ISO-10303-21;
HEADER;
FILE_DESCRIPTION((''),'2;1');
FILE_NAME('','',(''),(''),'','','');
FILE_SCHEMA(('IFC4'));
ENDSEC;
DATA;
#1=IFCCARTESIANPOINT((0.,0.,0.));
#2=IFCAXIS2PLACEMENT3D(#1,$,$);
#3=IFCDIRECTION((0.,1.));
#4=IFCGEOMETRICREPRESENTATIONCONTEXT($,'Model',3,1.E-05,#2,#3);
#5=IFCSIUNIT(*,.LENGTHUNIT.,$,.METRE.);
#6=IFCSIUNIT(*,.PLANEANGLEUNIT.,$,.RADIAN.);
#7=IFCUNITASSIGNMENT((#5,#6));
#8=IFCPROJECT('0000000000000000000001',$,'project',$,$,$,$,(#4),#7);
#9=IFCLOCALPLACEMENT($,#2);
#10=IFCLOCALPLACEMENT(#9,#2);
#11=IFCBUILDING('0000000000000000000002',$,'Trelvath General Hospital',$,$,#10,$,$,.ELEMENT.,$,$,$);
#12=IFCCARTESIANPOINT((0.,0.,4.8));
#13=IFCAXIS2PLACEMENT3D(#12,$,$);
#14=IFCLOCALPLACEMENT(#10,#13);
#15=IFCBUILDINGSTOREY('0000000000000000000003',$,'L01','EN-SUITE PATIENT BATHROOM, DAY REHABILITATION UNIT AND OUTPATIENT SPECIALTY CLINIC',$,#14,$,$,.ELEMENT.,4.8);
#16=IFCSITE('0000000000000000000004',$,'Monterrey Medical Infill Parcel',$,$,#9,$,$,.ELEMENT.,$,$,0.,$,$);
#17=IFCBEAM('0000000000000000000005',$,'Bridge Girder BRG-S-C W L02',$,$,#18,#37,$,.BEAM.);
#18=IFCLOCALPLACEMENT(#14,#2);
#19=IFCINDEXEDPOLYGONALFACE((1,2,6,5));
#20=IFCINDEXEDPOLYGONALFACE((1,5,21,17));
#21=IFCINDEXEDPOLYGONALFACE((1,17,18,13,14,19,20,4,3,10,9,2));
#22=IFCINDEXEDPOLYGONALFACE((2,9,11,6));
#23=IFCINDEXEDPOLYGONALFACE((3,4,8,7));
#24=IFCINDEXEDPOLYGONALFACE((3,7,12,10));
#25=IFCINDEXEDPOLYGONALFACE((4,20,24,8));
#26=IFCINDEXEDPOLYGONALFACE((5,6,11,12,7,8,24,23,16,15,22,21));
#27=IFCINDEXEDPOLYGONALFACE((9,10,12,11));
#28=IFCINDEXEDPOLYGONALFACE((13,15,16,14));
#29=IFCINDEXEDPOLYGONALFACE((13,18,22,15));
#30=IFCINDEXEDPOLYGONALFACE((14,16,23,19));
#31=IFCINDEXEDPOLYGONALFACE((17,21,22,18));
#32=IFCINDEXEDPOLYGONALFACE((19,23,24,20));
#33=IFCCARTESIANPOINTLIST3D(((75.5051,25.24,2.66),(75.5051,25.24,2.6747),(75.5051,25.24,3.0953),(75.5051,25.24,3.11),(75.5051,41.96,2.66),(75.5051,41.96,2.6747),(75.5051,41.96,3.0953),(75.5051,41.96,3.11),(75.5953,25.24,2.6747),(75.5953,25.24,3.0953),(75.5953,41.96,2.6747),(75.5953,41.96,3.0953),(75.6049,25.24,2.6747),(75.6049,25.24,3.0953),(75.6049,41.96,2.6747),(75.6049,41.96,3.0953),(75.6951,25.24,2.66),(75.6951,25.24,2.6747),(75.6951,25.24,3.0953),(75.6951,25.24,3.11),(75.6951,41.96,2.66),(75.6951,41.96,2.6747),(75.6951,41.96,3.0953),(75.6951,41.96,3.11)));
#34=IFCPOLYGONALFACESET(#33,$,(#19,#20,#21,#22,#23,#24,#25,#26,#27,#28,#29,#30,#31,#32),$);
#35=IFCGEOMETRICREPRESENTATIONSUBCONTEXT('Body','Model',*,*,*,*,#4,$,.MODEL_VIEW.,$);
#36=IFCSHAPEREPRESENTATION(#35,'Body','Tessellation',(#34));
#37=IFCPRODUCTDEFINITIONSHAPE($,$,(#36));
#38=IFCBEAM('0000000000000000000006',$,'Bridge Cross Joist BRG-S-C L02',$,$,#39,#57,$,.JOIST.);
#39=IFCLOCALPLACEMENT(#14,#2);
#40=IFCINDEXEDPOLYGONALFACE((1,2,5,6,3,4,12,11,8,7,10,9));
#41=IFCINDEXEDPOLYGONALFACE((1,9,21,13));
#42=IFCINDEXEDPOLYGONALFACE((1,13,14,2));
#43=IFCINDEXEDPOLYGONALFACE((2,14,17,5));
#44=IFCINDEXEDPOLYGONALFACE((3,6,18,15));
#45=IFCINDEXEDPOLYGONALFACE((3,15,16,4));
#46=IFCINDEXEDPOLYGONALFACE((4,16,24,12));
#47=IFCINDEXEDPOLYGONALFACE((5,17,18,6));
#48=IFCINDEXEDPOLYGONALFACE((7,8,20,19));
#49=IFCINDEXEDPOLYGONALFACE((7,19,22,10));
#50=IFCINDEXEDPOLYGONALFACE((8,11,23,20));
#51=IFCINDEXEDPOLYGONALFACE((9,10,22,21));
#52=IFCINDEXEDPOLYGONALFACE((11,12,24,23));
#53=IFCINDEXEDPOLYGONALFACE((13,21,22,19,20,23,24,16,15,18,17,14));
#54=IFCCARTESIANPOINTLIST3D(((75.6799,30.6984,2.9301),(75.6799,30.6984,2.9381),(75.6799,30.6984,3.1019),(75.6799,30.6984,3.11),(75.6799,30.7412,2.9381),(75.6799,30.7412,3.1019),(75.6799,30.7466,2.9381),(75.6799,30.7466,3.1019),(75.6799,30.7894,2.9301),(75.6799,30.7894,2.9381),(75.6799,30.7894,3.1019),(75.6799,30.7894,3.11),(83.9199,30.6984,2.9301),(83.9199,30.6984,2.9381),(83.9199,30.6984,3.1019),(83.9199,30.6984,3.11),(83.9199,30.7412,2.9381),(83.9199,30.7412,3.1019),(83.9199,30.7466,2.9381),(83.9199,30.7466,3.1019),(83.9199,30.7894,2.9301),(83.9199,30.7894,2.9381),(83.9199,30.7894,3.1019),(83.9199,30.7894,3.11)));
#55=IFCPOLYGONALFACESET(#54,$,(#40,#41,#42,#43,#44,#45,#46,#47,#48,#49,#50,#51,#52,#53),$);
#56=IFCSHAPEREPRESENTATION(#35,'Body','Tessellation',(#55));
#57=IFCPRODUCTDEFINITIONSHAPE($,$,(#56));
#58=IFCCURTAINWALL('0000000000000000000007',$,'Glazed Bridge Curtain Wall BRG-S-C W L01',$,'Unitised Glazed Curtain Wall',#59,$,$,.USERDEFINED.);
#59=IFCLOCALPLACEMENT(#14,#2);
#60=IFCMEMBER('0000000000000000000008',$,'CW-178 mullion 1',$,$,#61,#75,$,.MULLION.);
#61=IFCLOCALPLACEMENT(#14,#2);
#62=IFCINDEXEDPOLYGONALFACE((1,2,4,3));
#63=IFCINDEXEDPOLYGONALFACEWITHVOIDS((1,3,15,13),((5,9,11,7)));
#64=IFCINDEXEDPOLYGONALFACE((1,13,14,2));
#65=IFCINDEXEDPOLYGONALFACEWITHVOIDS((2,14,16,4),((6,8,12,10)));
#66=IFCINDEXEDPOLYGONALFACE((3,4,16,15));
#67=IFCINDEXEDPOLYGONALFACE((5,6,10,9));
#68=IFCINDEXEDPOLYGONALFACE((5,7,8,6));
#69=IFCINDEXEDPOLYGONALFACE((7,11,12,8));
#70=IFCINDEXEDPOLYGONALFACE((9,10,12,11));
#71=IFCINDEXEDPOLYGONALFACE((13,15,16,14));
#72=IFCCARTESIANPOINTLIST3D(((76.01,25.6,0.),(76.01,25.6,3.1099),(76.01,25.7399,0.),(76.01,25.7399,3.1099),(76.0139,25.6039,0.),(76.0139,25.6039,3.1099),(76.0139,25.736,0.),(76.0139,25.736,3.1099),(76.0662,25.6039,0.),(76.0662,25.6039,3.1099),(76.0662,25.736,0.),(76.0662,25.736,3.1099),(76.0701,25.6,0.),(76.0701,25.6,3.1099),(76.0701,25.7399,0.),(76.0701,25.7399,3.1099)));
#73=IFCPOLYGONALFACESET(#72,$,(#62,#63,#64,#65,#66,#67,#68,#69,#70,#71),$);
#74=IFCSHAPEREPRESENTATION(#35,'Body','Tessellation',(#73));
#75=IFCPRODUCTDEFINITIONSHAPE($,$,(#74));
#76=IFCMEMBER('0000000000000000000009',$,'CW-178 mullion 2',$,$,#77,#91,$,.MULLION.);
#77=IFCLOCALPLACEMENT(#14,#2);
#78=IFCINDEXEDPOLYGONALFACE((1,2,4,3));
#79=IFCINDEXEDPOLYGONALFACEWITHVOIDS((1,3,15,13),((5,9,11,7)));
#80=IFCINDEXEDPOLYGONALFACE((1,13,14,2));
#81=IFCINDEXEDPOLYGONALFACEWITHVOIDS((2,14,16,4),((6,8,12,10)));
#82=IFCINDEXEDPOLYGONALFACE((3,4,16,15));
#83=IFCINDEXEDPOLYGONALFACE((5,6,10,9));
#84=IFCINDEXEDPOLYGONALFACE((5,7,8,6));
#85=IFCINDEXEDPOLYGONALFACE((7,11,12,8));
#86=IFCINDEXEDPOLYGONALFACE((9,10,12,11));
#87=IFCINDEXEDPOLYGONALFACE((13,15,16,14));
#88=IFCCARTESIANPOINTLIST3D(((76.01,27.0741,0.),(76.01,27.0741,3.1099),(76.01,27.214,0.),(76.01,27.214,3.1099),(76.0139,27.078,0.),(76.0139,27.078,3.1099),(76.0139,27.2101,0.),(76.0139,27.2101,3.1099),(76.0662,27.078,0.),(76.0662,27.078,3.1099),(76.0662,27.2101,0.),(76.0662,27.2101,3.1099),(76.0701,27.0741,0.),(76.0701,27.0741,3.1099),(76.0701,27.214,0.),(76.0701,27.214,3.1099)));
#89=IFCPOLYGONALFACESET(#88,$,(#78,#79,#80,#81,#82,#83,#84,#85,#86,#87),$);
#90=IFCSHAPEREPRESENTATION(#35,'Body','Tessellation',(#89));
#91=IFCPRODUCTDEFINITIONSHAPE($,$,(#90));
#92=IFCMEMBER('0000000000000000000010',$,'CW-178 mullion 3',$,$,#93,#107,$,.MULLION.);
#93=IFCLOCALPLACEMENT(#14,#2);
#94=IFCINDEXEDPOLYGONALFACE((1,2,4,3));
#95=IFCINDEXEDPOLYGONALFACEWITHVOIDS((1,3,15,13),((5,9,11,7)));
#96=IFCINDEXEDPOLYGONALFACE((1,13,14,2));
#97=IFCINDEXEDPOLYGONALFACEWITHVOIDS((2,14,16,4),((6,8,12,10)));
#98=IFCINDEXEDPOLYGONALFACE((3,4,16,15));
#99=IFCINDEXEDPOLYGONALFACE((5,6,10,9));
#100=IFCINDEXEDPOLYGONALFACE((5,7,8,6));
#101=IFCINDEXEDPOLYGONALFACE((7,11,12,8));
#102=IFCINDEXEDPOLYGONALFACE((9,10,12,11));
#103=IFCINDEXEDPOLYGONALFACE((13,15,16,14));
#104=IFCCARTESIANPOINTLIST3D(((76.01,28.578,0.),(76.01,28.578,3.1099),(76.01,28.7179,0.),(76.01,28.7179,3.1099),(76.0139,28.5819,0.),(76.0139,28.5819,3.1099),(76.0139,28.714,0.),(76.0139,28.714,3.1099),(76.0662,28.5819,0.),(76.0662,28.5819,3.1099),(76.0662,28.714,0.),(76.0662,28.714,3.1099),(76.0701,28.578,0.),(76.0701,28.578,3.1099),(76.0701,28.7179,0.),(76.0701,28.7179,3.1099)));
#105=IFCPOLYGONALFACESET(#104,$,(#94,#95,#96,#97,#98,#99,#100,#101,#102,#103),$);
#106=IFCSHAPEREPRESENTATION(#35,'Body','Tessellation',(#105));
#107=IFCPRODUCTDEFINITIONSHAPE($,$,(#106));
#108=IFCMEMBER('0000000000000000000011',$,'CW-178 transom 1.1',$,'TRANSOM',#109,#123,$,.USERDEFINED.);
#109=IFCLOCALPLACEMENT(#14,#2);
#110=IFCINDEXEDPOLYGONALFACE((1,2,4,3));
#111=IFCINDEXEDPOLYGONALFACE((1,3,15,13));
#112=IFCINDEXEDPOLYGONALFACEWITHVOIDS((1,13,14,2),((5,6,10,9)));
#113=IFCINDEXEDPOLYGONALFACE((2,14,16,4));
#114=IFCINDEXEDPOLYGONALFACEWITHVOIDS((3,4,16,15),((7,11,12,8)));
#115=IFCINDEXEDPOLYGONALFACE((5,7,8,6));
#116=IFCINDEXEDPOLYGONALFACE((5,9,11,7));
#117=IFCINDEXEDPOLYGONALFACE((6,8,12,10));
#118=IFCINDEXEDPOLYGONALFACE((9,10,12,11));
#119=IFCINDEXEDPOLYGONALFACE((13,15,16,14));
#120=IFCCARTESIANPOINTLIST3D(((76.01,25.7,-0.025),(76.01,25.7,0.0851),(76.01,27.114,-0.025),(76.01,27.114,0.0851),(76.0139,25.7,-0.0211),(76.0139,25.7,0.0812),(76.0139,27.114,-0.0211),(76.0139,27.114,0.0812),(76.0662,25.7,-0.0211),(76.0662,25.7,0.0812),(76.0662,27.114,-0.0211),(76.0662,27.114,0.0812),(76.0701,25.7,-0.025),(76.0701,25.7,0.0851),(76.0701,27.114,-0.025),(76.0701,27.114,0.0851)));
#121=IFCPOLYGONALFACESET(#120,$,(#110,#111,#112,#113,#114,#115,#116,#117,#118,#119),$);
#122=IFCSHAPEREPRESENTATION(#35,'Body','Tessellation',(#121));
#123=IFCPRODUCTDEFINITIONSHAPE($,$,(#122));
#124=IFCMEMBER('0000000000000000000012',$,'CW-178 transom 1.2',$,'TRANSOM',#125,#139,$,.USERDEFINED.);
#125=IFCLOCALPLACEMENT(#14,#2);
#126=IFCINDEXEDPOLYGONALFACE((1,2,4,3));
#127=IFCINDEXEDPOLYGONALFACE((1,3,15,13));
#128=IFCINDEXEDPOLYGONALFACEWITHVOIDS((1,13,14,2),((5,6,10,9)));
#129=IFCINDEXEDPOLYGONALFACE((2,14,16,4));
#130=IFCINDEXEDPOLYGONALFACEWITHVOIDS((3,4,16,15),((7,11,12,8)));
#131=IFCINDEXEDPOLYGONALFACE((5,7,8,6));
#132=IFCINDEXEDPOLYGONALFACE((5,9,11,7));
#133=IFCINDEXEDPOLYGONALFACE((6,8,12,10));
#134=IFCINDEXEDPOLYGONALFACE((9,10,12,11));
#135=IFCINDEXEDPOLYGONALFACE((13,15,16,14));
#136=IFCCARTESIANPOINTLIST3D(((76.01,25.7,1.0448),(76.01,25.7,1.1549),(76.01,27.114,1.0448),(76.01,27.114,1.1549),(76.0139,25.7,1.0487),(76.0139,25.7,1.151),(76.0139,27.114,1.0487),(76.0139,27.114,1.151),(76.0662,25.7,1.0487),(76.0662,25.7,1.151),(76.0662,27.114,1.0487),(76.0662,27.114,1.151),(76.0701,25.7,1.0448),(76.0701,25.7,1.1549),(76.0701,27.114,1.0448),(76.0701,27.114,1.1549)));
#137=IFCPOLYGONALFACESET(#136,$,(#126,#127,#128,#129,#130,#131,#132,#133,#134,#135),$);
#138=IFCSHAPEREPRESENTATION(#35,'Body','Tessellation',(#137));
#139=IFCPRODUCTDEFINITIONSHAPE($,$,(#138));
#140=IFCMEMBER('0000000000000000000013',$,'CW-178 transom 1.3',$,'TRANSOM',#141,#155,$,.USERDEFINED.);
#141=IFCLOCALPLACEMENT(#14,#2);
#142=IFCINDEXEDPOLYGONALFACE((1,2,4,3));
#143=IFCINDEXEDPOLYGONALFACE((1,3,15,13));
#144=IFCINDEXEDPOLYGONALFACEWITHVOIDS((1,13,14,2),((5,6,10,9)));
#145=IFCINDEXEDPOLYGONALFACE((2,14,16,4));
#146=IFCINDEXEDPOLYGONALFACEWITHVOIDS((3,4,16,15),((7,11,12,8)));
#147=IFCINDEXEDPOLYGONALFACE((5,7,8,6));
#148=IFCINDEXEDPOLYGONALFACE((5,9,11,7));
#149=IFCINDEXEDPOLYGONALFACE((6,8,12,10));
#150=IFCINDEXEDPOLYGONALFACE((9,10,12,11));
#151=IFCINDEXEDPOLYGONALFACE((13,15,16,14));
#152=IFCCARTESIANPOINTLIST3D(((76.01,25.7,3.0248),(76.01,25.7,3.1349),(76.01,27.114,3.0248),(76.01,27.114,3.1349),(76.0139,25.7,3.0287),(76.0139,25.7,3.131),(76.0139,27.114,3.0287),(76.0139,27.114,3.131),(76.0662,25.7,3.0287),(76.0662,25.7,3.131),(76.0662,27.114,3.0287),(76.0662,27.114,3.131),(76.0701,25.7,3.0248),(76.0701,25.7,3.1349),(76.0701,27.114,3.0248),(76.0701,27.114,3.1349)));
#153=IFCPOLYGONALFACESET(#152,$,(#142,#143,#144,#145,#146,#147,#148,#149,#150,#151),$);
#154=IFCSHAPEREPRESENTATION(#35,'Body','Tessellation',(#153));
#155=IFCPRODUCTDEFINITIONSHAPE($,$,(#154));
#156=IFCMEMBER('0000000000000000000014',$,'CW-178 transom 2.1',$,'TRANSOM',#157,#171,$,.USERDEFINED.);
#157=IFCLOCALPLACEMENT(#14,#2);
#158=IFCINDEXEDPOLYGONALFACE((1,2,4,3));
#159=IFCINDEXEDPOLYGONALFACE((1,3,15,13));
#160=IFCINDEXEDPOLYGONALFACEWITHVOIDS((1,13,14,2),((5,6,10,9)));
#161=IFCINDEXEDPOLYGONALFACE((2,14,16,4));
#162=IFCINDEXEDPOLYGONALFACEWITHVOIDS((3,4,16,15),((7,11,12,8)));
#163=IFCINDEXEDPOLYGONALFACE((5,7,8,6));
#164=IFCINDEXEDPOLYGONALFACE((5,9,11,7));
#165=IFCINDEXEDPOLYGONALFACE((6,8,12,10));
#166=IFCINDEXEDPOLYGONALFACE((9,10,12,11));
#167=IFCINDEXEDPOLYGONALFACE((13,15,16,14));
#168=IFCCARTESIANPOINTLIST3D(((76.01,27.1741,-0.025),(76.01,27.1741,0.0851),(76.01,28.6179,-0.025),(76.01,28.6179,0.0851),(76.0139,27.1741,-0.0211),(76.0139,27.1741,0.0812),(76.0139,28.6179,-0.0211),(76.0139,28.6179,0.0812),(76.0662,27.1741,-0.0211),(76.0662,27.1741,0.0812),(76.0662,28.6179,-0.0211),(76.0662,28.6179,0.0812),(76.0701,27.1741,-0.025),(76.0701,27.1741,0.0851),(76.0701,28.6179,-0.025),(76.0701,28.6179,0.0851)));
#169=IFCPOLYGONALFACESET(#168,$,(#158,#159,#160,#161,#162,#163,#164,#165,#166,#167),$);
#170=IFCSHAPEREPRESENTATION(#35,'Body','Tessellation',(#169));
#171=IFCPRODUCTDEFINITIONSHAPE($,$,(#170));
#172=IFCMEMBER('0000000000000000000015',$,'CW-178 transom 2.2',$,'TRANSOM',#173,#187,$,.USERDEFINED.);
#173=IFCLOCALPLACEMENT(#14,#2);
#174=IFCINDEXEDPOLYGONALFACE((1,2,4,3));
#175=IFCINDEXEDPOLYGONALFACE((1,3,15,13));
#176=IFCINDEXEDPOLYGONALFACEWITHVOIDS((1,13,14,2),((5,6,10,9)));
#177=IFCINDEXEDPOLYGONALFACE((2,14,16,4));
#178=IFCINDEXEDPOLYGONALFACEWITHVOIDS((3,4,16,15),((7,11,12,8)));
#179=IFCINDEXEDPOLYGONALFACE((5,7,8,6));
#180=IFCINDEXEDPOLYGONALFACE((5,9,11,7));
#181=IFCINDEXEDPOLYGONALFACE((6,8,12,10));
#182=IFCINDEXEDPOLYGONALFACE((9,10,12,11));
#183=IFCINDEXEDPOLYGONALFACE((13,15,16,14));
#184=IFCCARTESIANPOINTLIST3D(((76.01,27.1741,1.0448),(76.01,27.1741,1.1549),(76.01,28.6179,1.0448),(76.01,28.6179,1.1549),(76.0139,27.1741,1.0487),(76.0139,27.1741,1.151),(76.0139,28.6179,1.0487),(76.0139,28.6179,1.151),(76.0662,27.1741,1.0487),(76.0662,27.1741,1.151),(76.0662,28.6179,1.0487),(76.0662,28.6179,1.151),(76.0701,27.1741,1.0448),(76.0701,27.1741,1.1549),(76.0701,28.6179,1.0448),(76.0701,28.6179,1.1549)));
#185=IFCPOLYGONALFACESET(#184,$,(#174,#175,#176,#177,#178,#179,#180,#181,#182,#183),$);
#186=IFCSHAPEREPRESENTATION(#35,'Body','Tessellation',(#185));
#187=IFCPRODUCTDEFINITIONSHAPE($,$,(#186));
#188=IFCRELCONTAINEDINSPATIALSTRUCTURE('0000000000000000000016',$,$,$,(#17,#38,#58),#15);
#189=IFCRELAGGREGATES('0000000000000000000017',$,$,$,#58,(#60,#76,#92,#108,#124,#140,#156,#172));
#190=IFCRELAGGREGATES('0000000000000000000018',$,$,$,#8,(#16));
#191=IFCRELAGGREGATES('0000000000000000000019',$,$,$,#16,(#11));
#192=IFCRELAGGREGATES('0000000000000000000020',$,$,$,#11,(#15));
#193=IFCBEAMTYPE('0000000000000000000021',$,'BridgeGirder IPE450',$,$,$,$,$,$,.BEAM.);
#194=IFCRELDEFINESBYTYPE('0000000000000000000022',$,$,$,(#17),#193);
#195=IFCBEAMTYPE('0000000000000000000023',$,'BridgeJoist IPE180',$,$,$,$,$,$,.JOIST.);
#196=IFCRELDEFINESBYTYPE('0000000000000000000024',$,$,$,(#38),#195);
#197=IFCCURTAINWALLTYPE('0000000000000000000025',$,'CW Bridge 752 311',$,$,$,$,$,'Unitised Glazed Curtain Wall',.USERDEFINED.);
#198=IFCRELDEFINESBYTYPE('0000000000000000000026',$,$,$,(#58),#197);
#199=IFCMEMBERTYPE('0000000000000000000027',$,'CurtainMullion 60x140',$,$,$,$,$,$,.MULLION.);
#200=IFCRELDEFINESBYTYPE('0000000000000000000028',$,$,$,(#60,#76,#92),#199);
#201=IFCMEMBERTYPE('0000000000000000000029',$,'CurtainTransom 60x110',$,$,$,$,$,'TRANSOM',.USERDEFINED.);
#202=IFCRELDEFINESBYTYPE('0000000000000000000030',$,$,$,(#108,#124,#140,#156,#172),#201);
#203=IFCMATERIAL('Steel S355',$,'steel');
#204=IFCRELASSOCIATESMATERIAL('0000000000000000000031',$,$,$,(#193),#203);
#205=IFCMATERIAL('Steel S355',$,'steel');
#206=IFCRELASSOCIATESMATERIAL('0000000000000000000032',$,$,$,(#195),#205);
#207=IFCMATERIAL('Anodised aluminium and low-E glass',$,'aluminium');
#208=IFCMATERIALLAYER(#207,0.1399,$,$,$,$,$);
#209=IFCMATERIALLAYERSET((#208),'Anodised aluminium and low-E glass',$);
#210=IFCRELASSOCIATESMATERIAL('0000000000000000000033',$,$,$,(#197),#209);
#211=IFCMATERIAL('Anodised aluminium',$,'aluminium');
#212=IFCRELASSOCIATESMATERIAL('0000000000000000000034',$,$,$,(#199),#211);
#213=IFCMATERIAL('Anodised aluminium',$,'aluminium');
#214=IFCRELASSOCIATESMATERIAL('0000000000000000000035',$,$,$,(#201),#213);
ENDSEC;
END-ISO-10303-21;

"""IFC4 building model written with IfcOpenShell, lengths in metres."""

from ifc_helpers import new_model, si_unit, direction, frame, origin, origin_2d, place, context, subcontext, project, spatial, hollow_rectangle, i_section, extrude, material, layer, layer_set, material_profile, profile_set, type_object, element, aggregate, save


model = new_model("IFC4")

# Units and contexts
model_context = context("Model", 3, precision=1e-05, world=origin(), true_north=direction((0.0, 1.0)))
body_context = subcontext(model_context, "Body", "Model", "MODEL_VIEW")
ifc_project = project(units=[si_unit("LENGTHUNIT", "METRE"), si_unit("PLANEANGLEUNIT", "RADIAN")], contexts=[model_context])

# Site, building, storey
site_placement = place(None, origin())
site = spatial("IfcSite", under=ifc_project, at=site_placement, Name="Monterrey Medical Infill Parcel", CompositionType="ELEMENT", RefElevation=0.0)
building_placement = place(site_placement, origin())
building = spatial("IfcBuilding", under=site, at=building_placement, Name="Trelvath General Hospital", CompositionType="ELEMENT")
storey_placement = place(building_placement, frame((0.0, 0.0, 4.8)))
storey = spatial("IfcBuildingStorey", under=building, at=storey_placement, Name="L01", Description="EN-SUITE PATIENT BATHROOM, DAY REHABILITATION UNIT AND OUTPATIENT SPECIALTY CLINIC", CompositionType="ELEMENT", Elevation=4.8)

# Beams
ifc_material_1 = material(Name="Steel S355", Category="steel")
ifc_material_profile_1 = material_profile(ifc_material_1, i_section(OverallWidth=0.1899, OverallDepth=0.45, WebThickness=0.0095, FlangeThickness=0.0146, at=origin_2d()), Name="IPE450")
ifc_profile_set_1 = profile_set([ifc_material_profile_1], Name="Steel S355")
beam_type_1 = type_object("IfcBeamType", Name="BridgeGirder IPE450", PredefinedType="BEAM", material=ifc_profile_set_1)
beam_1_placement = place(storey_placement, frame((75.6001, 25.24, 2.885), z_axis=(0.0, 1.0, 0.0), x_axis=(-1.0, 0.0, 0.0)))
element("IfcBeam", 1, at=beam_1_placement, inside=storey, type_object=beam_type_1, Name="Bridge Girder BRG-S-C W L02", PredefinedType="BEAM", context=body_context, shape_type="SweptSolid", body=[
    extrude(i_section(OverallWidth=0.1899, OverallDepth=0.45, WebThickness=0.0095, FlangeThickness=0.0146, at=origin_2d()), origin(), (0.0, 0.0, 1.0), 16.72),
])
ifc_material_2 = material(Name="Steel S355", Category="steel")
ifc_material_profile_2 = material_profile(ifc_material_2, i_section(OverallWidth=0.0911, OverallDepth=0.1799, WebThickness=0.0054, FlangeThickness=0.0081, at=origin_2d()), Name="IPE180")
ifc_profile_set_2 = profile_set([ifc_material_profile_2], Name="Steel S355")
beam_type_2 = type_object("IfcBeamType", Name="BridgeJoist IPE180", PredefinedType="JOIST", material=ifc_profile_set_2)
beam_2_placement = place(storey_placement, frame((75.6799, 30.7439, 3.02), z_axis=(1.0, 0.0, 0.0), x_axis=(0.0, 1.0, 0.0)))
element("IfcBeam", 2, at=beam_2_placement, inside=storey, type_object=beam_type_2, Name="Bridge Cross Joist BRG-S-C L02", PredefinedType="JOIST", context=body_context, shape_type="SweptSolid", body=[
    extrude(i_section(OverallWidth=0.0911, OverallDepth=0.1799, WebThickness=0.0054, FlangeThickness=0.0081, at=origin_2d()), origin(), (0.0, 0.0, 1.0), 8.24),
])

# Curtain wall, members
ifc_material_3 = material(Name="Anodised aluminium and low-E glass", Category="aluminium")
ifc_layer_1 = layer(ifc_material_3, 0.1399)
ifc_layer_set_1 = layer_set([ifc_layer_1], Name="Anodised aluminium and low-E glass")
curtain_wall_type = type_object("IfcCurtainWallType", Name="CW Bridge 752 311", ElementType="Unitised Glazed Curtain Wall", PredefinedType="USERDEFINED", material=ifc_layer_set_1)
curtain_wall_placement = place(storey_placement, origin())
curtain_wall = element("IfcCurtainWall", 3, at=curtain_wall_placement, inside=storey, type_object=curtain_wall_type, Name="Glazed Bridge Curtain Wall BRG-S-C W L01", ObjectType="Unitised Glazed Curtain Wall", PredefinedType="USERDEFINED")
ifc_material_4 = material(Name="Anodised aluminium", Category="aluminium")
ifc_material_profile_3 = material_profile(ifc_material_4, hollow_rectangle(XDim=0.0601, YDim=0.1399, WallThickness=0.0039, at=origin_2d()), Name="RHS60x140x4")
ifc_profile_set_3 = profile_set([ifc_material_profile_3], Name="Anodised aluminium")
member_type_1 = type_object("IfcMemberType", Name="CurtainMullion 60x140", PredefinedType="MULLION", material=ifc_profile_set_3)
member_1_placement = place(storey_placement, frame((76.04, 25.6699, 0.0), z_axis=(0.0, 0.0, 1.0), x_axis=(-1.0, 0.0, 0.0)))
member_1 = element("IfcMember", 4, at=member_1_placement, type_object=member_type_1, Name="CW-178 mullion 1", PredefinedType="MULLION", context=body_context, shape_type="SweptSolid", body=[
    extrude(hollow_rectangle(XDim=0.0601, YDim=0.1399, WallThickness=0.0039, at=origin_2d()), origin(), (0.0, 0.0, 1.0), 3.1099),
])
member_2_placement = place(storey_placement, frame((76.04, 27.144, 0.0), z_axis=(0.0, 0.0, 1.0), x_axis=(-1.0, 0.0, 0.0)))
member_2 = element("IfcMember", 5, at=member_2_placement, type_object=member_type_1, Name="CW-178 mullion 2", PredefinedType="MULLION", context=body_context, shape_type="SweptSolid", body=[
    extrude(hollow_rectangle(XDim=0.0601, YDim=0.1399, WallThickness=0.0039, at=origin_2d()), origin(), (0.0, 0.0, 1.0), 3.1099),
])
member_3_placement = place(storey_placement, frame((76.04, 28.6479, 0.0), z_axis=(0.0, 0.0, 1.0), x_axis=(-1.0, 0.0, 0.0)))
member_3 = element("IfcMember", 6, at=member_3_placement, type_object=member_type_1, Name="CW-178 mullion 3", PredefinedType="MULLION", context=body_context, shape_type="SweptSolid", body=[
    extrude(hollow_rectangle(XDim=0.0601, YDim=0.1399, WallThickness=0.0039, at=origin_2d()), origin(), (0.0, 0.0, 1.0), 3.1099),
])
ifc_material_5 = material(Name="Anodised aluminium", Category="aluminium")
ifc_material_profile_4 = material_profile(ifc_material_5, hollow_rectangle(XDim=0.0601, YDim=0.1101, WallThickness=0.0039, at=origin_2d()), Name="RHS60x110x4")
ifc_profile_set_4 = profile_set([ifc_material_profile_4], Name="Anodised aluminium")
member_type_2 = type_object("IfcMemberType", Name="CurtainTransom 60x110", ElementType="TRANSOM", PredefinedType="USERDEFINED", material=ifc_profile_set_4)
member_4_placement = place(storey_placement, frame((76.04, 25.7, 0.03), z_axis=(0.0, 1.0, 0.0), x_axis=(-1.0, 0.0, 0.0)))
member_4 = element("IfcMember", 7, at=member_4_placement, type_object=member_type_2, Name="CW-178 transom 1.1", ObjectType="TRANSOM", PredefinedType="USERDEFINED", context=body_context, shape_type="SweptSolid", body=[
    extrude(hollow_rectangle(XDim=0.0601, YDim=0.1101, WallThickness=0.0039, at=origin_2d()), origin(), (0.0, 0.0, 1.0), 1.4141),
])
member_5_placement = place(storey_placement, frame((76.04, 25.7, 1.0999), z_axis=(0.0, 1.0, 0.0), x_axis=(-1.0, 0.0, 0.0)))
member_5 = element("IfcMember", 8, at=member_5_placement, type_object=member_type_2, Name="CW-178 transom 1.2", ObjectType="TRANSOM", PredefinedType="USERDEFINED", context=body_context, shape_type="SweptSolid", body=[
    extrude(hollow_rectangle(XDim=0.0601, YDim=0.1101, WallThickness=0.0039, at=origin_2d()), origin(), (0.0, 0.0, 1.0), 1.4141),
])
member_6_placement = place(storey_placement, frame((76.04, 25.7, 3.0798), z_axis=(0.0, 1.0, 0.0), x_axis=(-1.0, 0.0, 0.0)))
member_6 = element("IfcMember", 9, at=member_6_placement, type_object=member_type_2, Name="CW-178 transom 1.3", ObjectType="TRANSOM", PredefinedType="USERDEFINED", context=body_context, shape_type="SweptSolid", body=[
    extrude(hollow_rectangle(XDim=0.0601, YDim=0.1101, WallThickness=0.0039, at=origin_2d()), origin(), (0.0, 0.0, 1.0), 1.4141),
])
member_7_placement = place(storey_placement, frame((76.04, 27.1741, 0.03), z_axis=(0.0, 1.0, 0.0), x_axis=(-1.0, 0.0, 0.0)))
member_7 = element("IfcMember", 10, at=member_7_placement, type_object=member_type_2, Name="CW-178 transom 2.1", ObjectType="TRANSOM", PredefinedType="USERDEFINED", context=body_context, shape_type="SweptSolid", body=[
    extrude(hollow_rectangle(XDim=0.0601, YDim=0.1101, WallThickness=0.0039, at=origin_2d()), origin(), (0.0, 0.0, 1.0), 1.4438),
])
member_8_placement = place(storey_placement, frame((76.04, 27.1741, 1.0999), z_axis=(0.0, 1.0, 0.0), x_axis=(-1.0, 0.0, 0.0)))
member_8 = element("IfcMember", 11, at=member_8_placement, type_object=member_type_2, Name="CW-178 transom 2.2", ObjectType="TRANSOM", PredefinedType="USERDEFINED", context=body_context, shape_type="SweptSolid", body=[
    extrude(hollow_rectangle(XDim=0.0601, YDim=0.1101, WallThickness=0.0039, at=origin_2d()), origin(), (0.0, 0.0, 1.0), 1.4438),
])

aggregate(curtain_wall, [member_1, member_2, member_3, member_4, member_5, member_6, member_7, member_8])

save(model, "model.ifc")
